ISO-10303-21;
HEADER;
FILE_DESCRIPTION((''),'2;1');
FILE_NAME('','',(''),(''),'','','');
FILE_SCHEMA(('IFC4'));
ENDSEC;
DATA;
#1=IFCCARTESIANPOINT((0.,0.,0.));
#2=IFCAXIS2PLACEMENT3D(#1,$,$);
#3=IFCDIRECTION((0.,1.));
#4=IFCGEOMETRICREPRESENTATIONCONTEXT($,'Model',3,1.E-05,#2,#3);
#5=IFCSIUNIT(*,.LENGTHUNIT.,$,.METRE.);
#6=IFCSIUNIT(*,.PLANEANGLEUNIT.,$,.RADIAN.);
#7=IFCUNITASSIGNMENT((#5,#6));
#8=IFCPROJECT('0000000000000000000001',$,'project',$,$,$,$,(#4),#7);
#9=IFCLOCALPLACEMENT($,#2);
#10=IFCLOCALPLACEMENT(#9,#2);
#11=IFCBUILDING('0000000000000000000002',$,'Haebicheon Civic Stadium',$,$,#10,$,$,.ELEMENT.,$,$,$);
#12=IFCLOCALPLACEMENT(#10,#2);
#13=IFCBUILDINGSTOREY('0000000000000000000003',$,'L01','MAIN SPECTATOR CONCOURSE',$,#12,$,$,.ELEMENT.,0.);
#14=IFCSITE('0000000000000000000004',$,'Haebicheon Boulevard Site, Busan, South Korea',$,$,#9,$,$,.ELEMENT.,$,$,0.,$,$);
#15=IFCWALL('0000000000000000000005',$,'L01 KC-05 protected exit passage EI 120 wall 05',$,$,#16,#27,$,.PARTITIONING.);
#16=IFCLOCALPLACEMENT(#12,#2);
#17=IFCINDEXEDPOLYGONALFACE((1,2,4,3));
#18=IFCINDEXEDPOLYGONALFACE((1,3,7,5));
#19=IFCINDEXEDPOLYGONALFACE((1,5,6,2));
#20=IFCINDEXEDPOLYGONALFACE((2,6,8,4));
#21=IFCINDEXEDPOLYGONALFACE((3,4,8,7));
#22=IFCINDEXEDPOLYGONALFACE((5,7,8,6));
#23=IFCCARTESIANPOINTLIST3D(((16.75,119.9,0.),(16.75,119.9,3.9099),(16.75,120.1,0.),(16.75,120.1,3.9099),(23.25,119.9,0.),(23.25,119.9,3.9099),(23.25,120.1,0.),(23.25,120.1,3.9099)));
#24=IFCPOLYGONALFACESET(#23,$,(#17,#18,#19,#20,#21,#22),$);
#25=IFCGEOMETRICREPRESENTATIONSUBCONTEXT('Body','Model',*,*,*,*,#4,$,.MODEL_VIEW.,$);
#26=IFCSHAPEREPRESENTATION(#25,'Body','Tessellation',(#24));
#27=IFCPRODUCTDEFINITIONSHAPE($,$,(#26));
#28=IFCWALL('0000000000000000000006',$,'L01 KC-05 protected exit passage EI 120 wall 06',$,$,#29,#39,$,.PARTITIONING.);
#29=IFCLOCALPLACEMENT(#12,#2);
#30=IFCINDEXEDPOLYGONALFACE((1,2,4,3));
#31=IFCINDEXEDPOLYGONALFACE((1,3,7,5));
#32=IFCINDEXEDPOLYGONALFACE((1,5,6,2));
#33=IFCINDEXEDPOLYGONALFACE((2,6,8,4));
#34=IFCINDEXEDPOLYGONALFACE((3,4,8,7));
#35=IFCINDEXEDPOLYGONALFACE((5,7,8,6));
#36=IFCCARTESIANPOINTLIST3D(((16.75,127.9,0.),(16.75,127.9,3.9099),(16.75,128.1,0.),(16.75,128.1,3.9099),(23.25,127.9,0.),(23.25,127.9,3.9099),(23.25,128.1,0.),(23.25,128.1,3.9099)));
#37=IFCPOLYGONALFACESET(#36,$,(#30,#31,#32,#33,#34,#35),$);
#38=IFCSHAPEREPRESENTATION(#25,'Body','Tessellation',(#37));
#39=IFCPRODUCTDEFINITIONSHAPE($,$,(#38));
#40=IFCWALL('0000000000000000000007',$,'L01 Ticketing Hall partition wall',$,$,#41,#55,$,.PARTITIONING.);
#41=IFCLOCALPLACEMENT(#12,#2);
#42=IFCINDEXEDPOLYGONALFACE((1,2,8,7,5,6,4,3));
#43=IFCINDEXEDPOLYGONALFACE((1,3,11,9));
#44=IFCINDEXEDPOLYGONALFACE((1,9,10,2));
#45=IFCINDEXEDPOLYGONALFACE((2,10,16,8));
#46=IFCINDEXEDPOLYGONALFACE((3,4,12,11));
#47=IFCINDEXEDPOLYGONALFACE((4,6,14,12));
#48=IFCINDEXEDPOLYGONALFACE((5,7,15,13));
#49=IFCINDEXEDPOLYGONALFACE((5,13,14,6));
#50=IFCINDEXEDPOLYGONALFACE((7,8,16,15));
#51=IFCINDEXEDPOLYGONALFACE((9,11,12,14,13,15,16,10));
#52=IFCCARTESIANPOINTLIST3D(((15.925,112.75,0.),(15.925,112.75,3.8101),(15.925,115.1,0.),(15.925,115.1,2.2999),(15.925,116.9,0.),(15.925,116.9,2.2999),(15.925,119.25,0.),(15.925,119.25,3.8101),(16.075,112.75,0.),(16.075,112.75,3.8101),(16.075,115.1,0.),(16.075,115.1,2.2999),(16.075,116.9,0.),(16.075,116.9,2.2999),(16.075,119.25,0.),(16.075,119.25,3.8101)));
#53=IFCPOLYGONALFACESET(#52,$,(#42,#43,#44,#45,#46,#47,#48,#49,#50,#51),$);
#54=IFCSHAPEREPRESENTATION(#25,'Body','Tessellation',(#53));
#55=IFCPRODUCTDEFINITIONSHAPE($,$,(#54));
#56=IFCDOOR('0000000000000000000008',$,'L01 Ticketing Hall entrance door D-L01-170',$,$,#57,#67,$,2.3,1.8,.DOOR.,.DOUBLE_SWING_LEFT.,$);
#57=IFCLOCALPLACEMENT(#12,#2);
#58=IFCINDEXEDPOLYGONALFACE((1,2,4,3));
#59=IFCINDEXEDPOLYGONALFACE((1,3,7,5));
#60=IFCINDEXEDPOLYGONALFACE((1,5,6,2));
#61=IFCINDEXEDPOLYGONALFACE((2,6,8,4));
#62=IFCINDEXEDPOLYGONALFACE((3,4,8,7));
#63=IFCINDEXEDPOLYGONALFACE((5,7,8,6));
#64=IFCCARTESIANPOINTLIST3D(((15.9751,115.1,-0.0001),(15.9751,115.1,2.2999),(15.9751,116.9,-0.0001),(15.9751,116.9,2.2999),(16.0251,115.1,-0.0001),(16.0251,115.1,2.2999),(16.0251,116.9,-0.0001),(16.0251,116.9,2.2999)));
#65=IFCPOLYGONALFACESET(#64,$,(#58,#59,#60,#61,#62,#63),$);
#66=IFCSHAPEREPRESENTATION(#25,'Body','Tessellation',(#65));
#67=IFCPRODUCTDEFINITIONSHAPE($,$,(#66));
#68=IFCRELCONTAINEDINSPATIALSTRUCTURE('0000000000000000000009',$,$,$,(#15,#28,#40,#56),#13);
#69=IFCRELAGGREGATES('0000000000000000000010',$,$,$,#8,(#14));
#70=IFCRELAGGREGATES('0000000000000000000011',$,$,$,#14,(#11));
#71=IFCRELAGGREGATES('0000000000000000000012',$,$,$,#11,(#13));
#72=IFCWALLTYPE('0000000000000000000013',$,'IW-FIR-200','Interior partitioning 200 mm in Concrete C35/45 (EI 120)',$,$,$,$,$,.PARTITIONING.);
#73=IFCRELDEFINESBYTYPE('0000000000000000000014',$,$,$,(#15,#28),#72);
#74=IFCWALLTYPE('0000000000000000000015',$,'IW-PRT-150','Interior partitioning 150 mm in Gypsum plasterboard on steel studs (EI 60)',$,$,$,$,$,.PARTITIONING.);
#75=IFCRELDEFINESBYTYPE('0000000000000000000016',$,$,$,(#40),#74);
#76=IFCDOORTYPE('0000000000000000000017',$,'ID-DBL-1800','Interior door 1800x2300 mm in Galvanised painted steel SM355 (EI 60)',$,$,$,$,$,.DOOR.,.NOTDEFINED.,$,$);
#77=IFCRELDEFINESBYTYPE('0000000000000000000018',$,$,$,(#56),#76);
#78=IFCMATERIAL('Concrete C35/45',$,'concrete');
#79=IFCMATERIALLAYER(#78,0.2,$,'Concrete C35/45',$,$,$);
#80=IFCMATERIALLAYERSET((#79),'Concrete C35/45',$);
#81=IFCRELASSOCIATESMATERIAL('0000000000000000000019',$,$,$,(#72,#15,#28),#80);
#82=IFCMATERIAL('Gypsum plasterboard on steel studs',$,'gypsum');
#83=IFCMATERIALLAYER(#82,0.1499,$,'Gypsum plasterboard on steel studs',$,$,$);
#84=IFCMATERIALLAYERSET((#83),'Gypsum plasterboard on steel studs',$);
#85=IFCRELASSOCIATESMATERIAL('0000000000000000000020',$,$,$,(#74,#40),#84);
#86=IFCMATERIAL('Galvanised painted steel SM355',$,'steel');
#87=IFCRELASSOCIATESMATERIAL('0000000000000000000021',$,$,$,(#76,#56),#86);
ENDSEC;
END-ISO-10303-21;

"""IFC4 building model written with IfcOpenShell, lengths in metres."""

from ifc_helpers import new_model, si_unit, direction, frame, frame_2d, origin, place, context, subcontext, project, spatial, rectangle, extrude, material, layer, layer_set, type_object, element, fill, save


model = new_model("IFC4")

# Units and contexts
model_context = context("Model", 3, precision=1e-05, world=origin(), true_north=direction((0.0, 1.0)))
body_context = subcontext(model_context, "Body", "Model", "MODEL_VIEW")
ifc_project = project(units=[si_unit("LENGTHUNIT", "METRE"), si_unit("PLANEANGLEUNIT", "RADIAN")], contexts=[model_context])

# Site, building, storey
site_placement = place(None, origin())
site = spatial("IfcSite", under=ifc_project, at=site_placement, Name="Haebicheon Boulevard Site, Busan, South Korea", CompositionType="ELEMENT", RefElevation=0.0)
building_placement = place(site_placement, origin())
building = spatial("IfcBuilding", under=site, at=building_placement, Name="Haebicheon Civic Stadium", CompositionType="ELEMENT")
storey_placement = place(building_placement, origin())
storey = spatial("IfcBuildingStorey", under=building, at=storey_placement, Name="L01", Description="MAIN SPECTATOR CONCOURSE", CompositionType="ELEMENT", Elevation=0.0)

# Walls
ifc_material_1 = material(Name="Concrete C35/45", Category="concrete")
ifc_layer_1 = layer(ifc_material_1, 0.2, Name="Concrete C35/45")
ifc_layer_set_1 = layer_set([ifc_layer_1], Name="Concrete C35/45")
wall_type_1 = type_object("IfcWallType", Name="IW-FIR-200", Description="Interior partitioning 200 mm in Concrete C35/45 (EI 120)", PredefinedType="PARTITIONING", material=ifc_layer_set_1)
for number, where, z_axis, x_axis, name in (
    (1, (16.75, 120.0, 0.0), (0.0, 0.0, 1.0), (1.0, 0.0, 0.0), "L01 KC-05 protected exit passage EI 120 wall 05"),
    (2, (16.75, 128.0, 0.0), (0.0, 0.0, 1.0), (1.0, 0.0, 0.0), "L01 KC-05 protected exit passage EI 120 wall 06"),
):
    element("IfcWall", number, at=place(storey_placement, frame(where, z_axis=z_axis, x_axis=x_axis)), inside=storey, type_object=wall_type_1, material=ifc_layer_set_1, Name=name, PredefinedType="PARTITIONING", context=body_context, shape_type="SweptSolid", body=[
        extrude(rectangle(XDim=6.5, YDim=0.2, at=frame_2d((3.25, 0.0))), origin(), (0.0, 0.0, 1.0), 3.9099),
    ])

# Wall, opening, door
ifc_material_2 = material(Name="Gypsum plasterboard on steel studs", Category="gypsum")
ifc_layer_2 = layer(ifc_material_2, 0.1499, Name="Gypsum plasterboard on steel studs")
ifc_layer_set_2 = layer_set([ifc_layer_2], Name="Gypsum plasterboard on steel studs")
wall_type_2 = type_object("IfcWallType", Name="IW-PRT-150", Description="Interior partitioning 150 mm in Gypsum plasterboard on steel studs (EI 60)", PredefinedType="PARTITIONING", material=ifc_layer_set_2)
wall_placement = place(storey_placement, frame((16.0, 112.75, 0.0), z_axis=(0.0, 0.0, 1.0), x_axis=(0.0, 1.0, 0.0)))
wall = element("IfcWall", 3, at=wall_placement, inside=storey, type_object=wall_type_2, material=ifc_layer_set_2, Name="L01 Ticketing Hall partition wall", PredefinedType="PARTITIONING", context=body_context, shape_type="SweptSolid", body=[
    extrude(rectangle(XDim=6.5, YDim=0.1499, at=frame_2d((3.25, 0.0))), origin(), (0.0, 0.0, 1.0), 3.8101),
])
opening_placement = place(wall_placement, frame((2.3501, 0.0, 0.0)))
opening = element("IfcOpeningElement", 4, at=opening_placement, cuts=wall, PredefinedType="OPENING", context=body_context, shape_type="SweptSolid", body=[
    extrude(rectangle(XDim=1.8, YDim=2.3, at=frame_2d((0.8999, 1.1499))), frame((0.0, 0.085, 0.0), z_axis=(0.0, -1.0, 0.0), x_axis=(1.0, 0.0, 0.0)), (0.0, 0.0, 1.0), 0.1699),
])
ifc_material_3 = material(Name="Galvanised painted steel SM355", Category="steel")
door_type = type_object("IfcDoorType", Name="ID-DBL-1800", Description="Interior door 1800x2300 mm in Galvanised painted steel SM355 (EI 60)", OperationType="NOTDEFINED", PredefinedType="DOOR", material=ifc_material_3)
door_placement = place(opening_placement, origin())
door = element("IfcDoor", 5, at=door_placement, inside=storey, type_object=door_type, material=ifc_material_3, Name="L01 Ticketing Hall entrance door D-L01-170", OperationType="DOUBLE_SWING_LEFT", OverallHeight=2.3, OverallWidth=1.8, PredefinedType="DOOR", context=body_context, shape_type="SweptSolid", body=[
    extrude(rectangle(XDim=1.8, YDim=2.3, at=frame_2d((0.8999, 1.1499))), frame((0.0, 0.0249, 0.0), z_axis=(0.0, -1.0, 0.0), x_axis=(1.0, 0.0, 0.0)), (0.0, 0.0, 1.0), 0.05),
])
fill(opening, door)

save(model, "model.ifc")
